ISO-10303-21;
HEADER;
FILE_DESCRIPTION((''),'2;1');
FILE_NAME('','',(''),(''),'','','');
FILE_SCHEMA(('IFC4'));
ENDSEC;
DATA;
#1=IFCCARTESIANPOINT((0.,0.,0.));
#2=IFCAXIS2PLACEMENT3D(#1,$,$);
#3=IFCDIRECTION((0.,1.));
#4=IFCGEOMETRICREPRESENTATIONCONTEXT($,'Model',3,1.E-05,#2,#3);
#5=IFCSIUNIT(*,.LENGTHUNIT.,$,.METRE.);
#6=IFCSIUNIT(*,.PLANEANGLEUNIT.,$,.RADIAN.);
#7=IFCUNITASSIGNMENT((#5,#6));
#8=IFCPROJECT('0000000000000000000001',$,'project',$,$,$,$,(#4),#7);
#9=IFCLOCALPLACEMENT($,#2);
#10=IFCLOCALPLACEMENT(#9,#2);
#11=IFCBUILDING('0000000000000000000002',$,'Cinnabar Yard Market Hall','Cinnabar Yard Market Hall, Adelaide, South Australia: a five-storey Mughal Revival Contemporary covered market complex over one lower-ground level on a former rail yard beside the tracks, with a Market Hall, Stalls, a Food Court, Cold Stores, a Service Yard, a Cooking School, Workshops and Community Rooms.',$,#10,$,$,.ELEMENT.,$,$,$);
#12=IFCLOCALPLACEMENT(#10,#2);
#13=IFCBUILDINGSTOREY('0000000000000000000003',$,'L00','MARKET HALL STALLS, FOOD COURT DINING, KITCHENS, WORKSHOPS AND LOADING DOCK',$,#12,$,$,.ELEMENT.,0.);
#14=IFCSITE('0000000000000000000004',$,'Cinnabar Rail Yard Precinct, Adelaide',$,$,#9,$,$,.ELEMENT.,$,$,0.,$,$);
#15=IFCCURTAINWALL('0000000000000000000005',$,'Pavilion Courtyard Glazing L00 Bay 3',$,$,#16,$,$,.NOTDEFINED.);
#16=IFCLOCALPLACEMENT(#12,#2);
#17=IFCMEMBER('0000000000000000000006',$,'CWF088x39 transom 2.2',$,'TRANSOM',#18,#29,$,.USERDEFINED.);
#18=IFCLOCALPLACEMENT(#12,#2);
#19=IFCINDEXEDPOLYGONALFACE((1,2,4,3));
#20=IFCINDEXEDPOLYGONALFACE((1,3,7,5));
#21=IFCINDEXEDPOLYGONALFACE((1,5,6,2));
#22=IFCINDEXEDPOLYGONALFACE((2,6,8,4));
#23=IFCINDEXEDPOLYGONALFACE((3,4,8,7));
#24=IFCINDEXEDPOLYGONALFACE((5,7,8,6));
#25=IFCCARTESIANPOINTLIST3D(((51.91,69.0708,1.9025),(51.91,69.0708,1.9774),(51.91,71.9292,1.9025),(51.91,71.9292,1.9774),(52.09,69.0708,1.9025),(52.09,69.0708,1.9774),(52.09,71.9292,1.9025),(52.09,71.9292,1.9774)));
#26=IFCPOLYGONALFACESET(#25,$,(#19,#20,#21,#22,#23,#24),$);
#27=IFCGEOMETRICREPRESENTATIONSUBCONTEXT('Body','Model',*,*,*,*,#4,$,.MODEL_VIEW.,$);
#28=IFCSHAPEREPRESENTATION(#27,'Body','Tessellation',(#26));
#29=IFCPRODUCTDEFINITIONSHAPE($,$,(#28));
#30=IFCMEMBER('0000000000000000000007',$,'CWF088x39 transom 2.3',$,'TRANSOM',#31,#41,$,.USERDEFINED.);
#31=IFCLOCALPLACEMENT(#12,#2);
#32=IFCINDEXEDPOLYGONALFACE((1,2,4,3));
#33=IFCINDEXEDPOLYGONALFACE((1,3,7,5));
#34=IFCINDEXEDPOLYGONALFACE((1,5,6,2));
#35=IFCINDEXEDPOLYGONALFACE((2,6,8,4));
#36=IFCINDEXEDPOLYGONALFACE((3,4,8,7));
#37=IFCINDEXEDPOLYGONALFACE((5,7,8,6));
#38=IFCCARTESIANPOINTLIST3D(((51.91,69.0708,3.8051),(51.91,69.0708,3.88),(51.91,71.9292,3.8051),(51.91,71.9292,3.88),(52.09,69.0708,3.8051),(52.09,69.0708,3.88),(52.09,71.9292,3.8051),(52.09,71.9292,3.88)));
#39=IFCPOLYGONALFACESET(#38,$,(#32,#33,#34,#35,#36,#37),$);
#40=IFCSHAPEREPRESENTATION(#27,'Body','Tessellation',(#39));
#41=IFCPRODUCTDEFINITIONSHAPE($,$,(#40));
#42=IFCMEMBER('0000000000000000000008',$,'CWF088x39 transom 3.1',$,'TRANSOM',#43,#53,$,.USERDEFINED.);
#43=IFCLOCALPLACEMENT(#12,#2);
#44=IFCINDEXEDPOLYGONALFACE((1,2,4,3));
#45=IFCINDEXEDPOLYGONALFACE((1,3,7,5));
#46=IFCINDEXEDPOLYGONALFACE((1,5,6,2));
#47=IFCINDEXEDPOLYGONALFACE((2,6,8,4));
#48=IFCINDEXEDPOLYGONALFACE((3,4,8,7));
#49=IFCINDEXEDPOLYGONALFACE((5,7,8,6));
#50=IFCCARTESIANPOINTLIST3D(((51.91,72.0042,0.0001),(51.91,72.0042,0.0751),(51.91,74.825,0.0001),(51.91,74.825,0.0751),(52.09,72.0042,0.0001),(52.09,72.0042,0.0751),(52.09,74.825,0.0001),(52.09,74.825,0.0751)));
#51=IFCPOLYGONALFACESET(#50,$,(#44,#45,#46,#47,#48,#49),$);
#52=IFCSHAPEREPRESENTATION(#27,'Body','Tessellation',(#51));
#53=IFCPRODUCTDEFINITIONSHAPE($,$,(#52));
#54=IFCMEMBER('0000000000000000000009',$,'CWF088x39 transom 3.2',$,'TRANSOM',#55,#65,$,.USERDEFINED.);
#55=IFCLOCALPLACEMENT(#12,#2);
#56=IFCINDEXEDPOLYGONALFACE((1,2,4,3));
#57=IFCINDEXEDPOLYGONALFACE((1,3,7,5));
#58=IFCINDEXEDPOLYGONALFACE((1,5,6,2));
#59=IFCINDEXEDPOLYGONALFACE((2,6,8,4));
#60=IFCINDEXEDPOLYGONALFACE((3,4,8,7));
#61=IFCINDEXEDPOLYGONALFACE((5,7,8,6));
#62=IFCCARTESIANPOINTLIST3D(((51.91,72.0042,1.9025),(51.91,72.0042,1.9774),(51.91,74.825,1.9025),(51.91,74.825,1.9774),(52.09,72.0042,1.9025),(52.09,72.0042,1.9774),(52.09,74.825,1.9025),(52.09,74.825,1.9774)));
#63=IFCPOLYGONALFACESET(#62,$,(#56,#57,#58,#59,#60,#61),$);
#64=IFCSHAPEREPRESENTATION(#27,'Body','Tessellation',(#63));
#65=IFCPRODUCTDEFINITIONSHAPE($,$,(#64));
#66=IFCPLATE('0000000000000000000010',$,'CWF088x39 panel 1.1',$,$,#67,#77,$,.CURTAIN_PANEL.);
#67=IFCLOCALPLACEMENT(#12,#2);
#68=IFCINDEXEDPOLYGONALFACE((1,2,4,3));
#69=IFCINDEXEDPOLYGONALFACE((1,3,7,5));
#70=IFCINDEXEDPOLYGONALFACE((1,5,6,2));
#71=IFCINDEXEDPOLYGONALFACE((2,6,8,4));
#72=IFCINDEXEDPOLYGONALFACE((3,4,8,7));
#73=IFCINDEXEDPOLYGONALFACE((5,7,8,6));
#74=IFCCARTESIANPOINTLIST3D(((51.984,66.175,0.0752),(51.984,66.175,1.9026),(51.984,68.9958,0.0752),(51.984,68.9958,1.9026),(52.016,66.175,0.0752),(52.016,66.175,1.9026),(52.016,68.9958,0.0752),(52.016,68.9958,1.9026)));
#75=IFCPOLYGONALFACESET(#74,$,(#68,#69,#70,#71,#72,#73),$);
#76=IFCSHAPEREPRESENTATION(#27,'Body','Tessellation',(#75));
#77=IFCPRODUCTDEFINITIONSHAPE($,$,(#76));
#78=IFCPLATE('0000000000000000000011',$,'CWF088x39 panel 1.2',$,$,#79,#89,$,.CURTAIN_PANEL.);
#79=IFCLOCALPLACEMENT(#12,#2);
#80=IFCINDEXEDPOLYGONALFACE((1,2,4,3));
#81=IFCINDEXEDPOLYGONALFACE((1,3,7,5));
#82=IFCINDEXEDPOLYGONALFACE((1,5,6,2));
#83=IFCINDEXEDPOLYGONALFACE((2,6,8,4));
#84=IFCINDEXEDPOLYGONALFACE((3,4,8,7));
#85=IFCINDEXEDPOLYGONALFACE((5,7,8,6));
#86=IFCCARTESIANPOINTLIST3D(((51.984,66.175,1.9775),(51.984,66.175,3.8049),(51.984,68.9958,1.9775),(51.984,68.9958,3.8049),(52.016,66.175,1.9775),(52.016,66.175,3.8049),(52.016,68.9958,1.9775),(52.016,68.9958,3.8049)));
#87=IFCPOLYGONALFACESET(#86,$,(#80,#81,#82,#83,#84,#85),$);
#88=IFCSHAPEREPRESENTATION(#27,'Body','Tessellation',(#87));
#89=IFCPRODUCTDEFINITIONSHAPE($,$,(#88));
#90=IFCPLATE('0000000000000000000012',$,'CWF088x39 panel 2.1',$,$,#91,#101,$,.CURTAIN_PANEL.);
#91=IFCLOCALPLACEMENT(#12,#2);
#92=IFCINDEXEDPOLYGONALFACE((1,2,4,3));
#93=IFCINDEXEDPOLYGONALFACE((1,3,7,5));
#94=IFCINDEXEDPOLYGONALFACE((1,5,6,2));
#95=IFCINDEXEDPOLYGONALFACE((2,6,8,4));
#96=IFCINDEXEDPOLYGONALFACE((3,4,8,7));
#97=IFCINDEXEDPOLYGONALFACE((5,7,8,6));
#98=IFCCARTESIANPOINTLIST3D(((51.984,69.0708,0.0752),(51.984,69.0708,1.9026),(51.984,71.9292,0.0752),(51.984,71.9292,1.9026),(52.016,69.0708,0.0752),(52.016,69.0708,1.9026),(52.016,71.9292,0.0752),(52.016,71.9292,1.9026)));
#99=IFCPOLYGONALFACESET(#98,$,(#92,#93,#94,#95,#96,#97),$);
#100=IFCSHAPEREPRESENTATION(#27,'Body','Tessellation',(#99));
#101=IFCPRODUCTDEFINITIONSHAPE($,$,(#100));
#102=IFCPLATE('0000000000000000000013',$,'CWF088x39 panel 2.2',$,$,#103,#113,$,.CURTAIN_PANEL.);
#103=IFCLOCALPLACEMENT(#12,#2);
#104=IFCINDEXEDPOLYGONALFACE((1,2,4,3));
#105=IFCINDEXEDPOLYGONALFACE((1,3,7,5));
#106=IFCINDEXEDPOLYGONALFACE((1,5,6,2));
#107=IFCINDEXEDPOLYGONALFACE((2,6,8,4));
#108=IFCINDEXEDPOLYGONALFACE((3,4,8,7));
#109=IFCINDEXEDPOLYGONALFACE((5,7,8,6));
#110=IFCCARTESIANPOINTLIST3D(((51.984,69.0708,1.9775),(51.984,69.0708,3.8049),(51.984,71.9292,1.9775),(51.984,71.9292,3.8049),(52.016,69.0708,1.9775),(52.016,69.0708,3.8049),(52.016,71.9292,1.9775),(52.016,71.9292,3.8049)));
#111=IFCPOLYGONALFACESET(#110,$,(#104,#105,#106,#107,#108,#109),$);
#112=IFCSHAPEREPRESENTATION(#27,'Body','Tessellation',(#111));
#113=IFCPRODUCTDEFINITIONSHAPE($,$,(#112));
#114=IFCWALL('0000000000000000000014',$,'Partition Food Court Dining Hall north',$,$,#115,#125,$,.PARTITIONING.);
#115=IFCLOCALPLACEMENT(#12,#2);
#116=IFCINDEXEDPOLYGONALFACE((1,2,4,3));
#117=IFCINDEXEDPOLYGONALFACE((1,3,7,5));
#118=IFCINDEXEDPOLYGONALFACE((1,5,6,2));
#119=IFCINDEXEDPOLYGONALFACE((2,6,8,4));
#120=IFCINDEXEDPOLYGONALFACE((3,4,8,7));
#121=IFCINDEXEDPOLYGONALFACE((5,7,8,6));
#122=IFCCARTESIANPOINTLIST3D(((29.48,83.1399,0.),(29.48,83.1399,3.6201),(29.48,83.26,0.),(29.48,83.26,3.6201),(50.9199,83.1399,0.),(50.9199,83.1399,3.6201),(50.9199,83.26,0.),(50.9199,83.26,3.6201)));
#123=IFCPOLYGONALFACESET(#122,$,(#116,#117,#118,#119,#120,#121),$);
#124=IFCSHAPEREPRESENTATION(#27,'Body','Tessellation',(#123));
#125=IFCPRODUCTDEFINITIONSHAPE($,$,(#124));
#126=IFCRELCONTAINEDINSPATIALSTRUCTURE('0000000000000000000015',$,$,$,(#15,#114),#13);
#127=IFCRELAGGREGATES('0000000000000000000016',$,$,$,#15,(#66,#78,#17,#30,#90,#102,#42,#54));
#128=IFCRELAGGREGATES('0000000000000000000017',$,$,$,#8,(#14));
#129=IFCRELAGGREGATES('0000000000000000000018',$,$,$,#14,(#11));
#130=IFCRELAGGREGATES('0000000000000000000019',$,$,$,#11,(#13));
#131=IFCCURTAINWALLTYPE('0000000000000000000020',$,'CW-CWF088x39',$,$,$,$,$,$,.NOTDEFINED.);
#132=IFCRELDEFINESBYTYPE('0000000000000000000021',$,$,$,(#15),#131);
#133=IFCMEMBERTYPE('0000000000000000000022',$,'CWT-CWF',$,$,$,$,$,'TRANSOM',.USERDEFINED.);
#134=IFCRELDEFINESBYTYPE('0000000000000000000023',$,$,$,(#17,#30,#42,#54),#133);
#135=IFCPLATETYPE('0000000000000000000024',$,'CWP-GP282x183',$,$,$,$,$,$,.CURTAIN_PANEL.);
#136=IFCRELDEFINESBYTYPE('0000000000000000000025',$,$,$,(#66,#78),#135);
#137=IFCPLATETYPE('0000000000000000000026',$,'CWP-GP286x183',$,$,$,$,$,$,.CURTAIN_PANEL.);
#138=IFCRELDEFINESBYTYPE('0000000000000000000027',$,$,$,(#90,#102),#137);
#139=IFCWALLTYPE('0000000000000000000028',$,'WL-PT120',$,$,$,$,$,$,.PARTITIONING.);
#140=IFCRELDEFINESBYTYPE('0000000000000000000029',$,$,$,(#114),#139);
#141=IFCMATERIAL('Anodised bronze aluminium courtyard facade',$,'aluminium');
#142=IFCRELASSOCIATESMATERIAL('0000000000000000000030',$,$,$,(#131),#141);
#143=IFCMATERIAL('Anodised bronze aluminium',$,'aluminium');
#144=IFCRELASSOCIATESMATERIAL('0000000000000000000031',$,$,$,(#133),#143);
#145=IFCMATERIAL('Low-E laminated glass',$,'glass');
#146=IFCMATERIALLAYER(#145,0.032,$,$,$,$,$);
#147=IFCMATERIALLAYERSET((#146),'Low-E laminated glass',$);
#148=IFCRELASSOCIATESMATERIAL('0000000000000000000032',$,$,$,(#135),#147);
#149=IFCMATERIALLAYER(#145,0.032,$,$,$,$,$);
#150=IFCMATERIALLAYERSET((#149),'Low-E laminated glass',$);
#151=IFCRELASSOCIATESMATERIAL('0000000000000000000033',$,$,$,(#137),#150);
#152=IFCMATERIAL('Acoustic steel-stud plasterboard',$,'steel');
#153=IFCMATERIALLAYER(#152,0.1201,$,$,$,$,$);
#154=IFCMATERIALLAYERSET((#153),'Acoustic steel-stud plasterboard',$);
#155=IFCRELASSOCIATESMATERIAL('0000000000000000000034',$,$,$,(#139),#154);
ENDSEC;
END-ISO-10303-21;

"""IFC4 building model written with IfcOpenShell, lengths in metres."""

from ifc_helpers import new_model, si_unit, direction, frame, frame_2d, origin, origin_2d_with_axis, place, context, subcontext, project, spatial, rectangle, extrude, material, layer, layer_set, material_profile, profile_set, type_object, element, aggregate, save


model = new_model("IFC4")

# Units and contexts
model_context = context("Model", 3, precision=1e-05, world=origin(), true_north=direction((0.0, 1.0)))
body_context = subcontext(model_context, "Body", "Model", "MODEL_VIEW")
ifc_project = project(units=[si_unit("LENGTHUNIT", "METRE"), si_unit("PLANEANGLEUNIT", "RADIAN")], contexts=[model_context])

# Site, building, storey
site_placement = place(None, origin())
site = spatial("IfcSite", under=ifc_project, at=site_placement, Name="Cinnabar Rail Yard Precinct, Adelaide", CompositionType="ELEMENT", RefElevation=0.0)
building_placement = place(site_placement, origin())
building = spatial("IfcBuilding", under=site, at=building_placement, Name="Cinnabar Yard Market Hall", Description="Cinnabar Yard Market Hall, Adelaide, South Australia: a five-storey Mughal Revival Contemporary covered market complex over one lower-ground level on a former rail yard beside the tracks, with a Market Hall, Stalls, a Food Court, Cold Stores, a Service Yard, a Cooking School, Workshops and Community Rooms.", CompositionType="ELEMENT")
storey_placement = place(building_placement, origin())
storey = spatial("IfcBuildingStorey", under=building, at=storey_placement, Name="L00", Description="MARKET HALL STALLS, FOOD COURT DINING, KITCHENS, WORKSHOPS AND LOADING DOCK", CompositionType="ELEMENT", Elevation=0.0)

# Curtain wall, members, plates
ifc_material_1 = material(Name="Anodised bronze aluminium courtyard facade", Category="aluminium")
curtain_wall_type = type_object("IfcCurtainWallType", Name="CW-CWF088x39", PredefinedType="NOTDEFINED", material=ifc_material_1)
curtain_wall_placement = place(storey_placement, origin())
curtain_wall = element("IfcCurtainWall", 1, at=curtain_wall_placement, inside=storey, type_object=curtain_wall_type, Name="Pavilion Courtyard Glazing L00 Bay 3", PredefinedType="NOTDEFINED")
ifc_material_2 = material(Name="Anodised bronze aluminium", Category="aluminium")
ifc_material_profile_1 = material_profile(ifc_material_2, rectangle(XDim=0.1799, YDim=0.075, at=origin_2d_with_axis()), Name="TRN-CWF")
ifc_profile_set_1 = profile_set([ifc_material_profile_1], Name="Anodised bronze aluminium")
member_type_1 = type_object("IfcMemberType", Name="CWT-CWF", ElementType="TRANSOM", PredefinedType="USERDEFINED", material=ifc_profile_set_1)
member_1_placement = place(storey_placement, frame((52.0, 69.0708, 1.9399), z_axis=(0.0, 1.0, 0.0), x_axis=(-1.0, 0.0, 0.0)))
member_1 = element("IfcMember", 2, at=member_1_placement, type_object=member_type_1, Name="CWF088x39 transom 2.2", ObjectType="TRANSOM", PredefinedType="USERDEFINED", context=body_context, shape_type="SweptSolid", body=[
    extrude(rectangle(XDim=0.1799, YDim=0.075, at=origin_2d_with_axis()), origin(), (0.0, 0.0, 1.0), 2.8584),
])
member_2_placement = place(storey_placement, frame((52.0, 69.0708, 3.8425), z_axis=(0.0, 1.0, 0.0), x_axis=(-1.0, 0.0, 0.0)))
member_2 = element("IfcMember", 3, at=member_2_placement, type_object=member_type_1, Name="CWF088x39 transom 2.3", ObjectType="TRANSOM", PredefinedType="USERDEFINED", context=body_context, shape_type="SweptSolid", body=[
    extrude(rectangle(XDim=0.1799, YDim=0.075, at=origin_2d_with_axis()), origin(), (0.0, 0.0, 1.0), 2.8584),
])
member_3_placement = place(storey_placement, frame((52.0, 72.0042, 0.0376), z_axis=(0.0, 1.0, 0.0), x_axis=(-1.0, 0.0, 0.0)))
member_3 = element("IfcMember", 4, at=member_3_placement, type_object=member_type_1, Name="CWF088x39 transom 3.1", ObjectType="TRANSOM", PredefinedType="USERDEFINED", context=body_context, shape_type="SweptSolid", body=[
    extrude(rectangle(XDim=0.1799, YDim=0.075, at=origin_2d_with_axis()), origin(), (0.0, 0.0, 1.0), 2.8208),
])
member_4_placement = place(storey_placement, frame((52.0, 72.0042, 1.9399), z_axis=(0.0, 1.0, 0.0), x_axis=(-1.0, 0.0, 0.0)))
member_4 = element("IfcMember", 5, at=member_4_placement, type_object=member_type_1, Name="CWF088x39 transom 3.2", ObjectType="TRANSOM", PredefinedType="USERDEFINED", context=body_context, shape_type="SweptSolid", body=[
    extrude(rectangle(XDim=0.1799, YDim=0.075, at=origin_2d_with_axis()), origin(), (0.0, 0.0, 1.0), 2.8208),
])
ifc_material_3 = material(Name="Low-E laminated glass", Category="glass")
ifc_layer_1 = layer(ifc_material_3, 0.032)
ifc_layer_set_1 = layer_set([ifc_layer_1], Name="Low-E laminated glass")
plate_type_1 = type_object("IfcPlateType", Name="CWP-GP282x183", PredefinedType="CURTAIN_PANEL", material=ifc_layer_set_1)
plate_1_placement = place(storey_placement, frame((52.0, 67.5854, 0.0752), z_axis=(0.0, 0.0, 1.0), x_axis=(0.0, 1.0, 0.0)))
plate_1 = element("IfcPlate", 6, at=plate_1_placement, type_object=plate_type_1, Name="CWF088x39 panel 1.1", PredefinedType="CURTAIN_PANEL", context=body_context, shape_type="SweptSolid", body=[
    extrude(rectangle(XDim=2.8208, YDim=0.032, at=origin_2d_with_axis()), origin(), (0.0, 0.0, 1.0), 1.8274),
])
plate_2_placement = place(storey_placement, frame((52.0, 67.5854, 1.9775), z_axis=(0.0, 0.0, 1.0), x_axis=(0.0, 1.0, 0.0)))
plate_2 = element("IfcPlate", 7, at=plate_2_placement, type_object=plate_type_1, Name="CWF088x39 panel 1.2", PredefinedType="CURTAIN_PANEL", context=body_context, shape_type="SweptSolid", body=[
    extrude(rectangle(XDim=2.8208, YDim=0.032, at=origin_2d_with_axis()), origin(), (0.0, 0.0, 1.0), 1.8274),
])
ifc_layer_2 = layer(ifc_material_3, 0.032)
ifc_layer_set_2 = layer_set([ifc_layer_2], Name="Low-E laminated glass")
plate_type_2 = type_object("IfcPlateType", Name="CWP-GP286x183", PredefinedType="CURTAIN_PANEL", material=ifc_layer_set_2)
plate_3_placement = place(storey_placement, frame((52.0, 70.5, 0.0752), z_axis=(0.0, 0.0, 1.0), x_axis=(0.0, 1.0, 0.0)))
plate_3 = element("IfcPlate", 8, at=plate_3_placement, type_object=plate_type_2, Name="CWF088x39 panel 2.1", PredefinedType="CURTAIN_PANEL", context=body_context, shape_type="SweptSolid", body=[
    extrude(rectangle(XDim=2.8584, YDim=0.032, at=origin_2d_with_axis()), origin(), (0.0, 0.0, 1.0), 1.8274),
])
plate_4_placement = place(storey_placement, frame((52.0, 70.5, 1.9775), z_axis=(0.0, 0.0, 1.0), x_axis=(0.0, 1.0, 0.0)))
plate_4 = element("IfcPlate", 9, at=plate_4_placement, type_object=plate_type_2, Name="CWF088x39 panel 2.2", PredefinedType="CURTAIN_PANEL", context=body_context, shape_type="SweptSolid", body=[
    extrude(rectangle(XDim=2.8584, YDim=0.032, at=origin_2d_with_axis()), origin(), (0.0, 0.0, 1.0), 1.8274),
])
aggregate(curtain_wall, [plate_1, plate_2, member_1, member_2, plate_3, plate_4, member_3, member_4])

# Wall
ifc_material_4 = material(Name="Acoustic steel-stud plasterboard", Category="steel")
ifc_layer_3 = layer(ifc_material_4, 0.1201)
ifc_layer_set_3 = layer_set([ifc_layer_3], Name="Acoustic steel-stud plasterboard")
wall_type = type_object("IfcWallType", Name="WL-PT120", PredefinedType="PARTITIONING", material=ifc_layer_set_3)
wall_placement = place(storey_placement, frame((50.9199, 83.2, 0.0), z_axis=(0.0, 0.0, 1.0), x_axis=(-1.0, 0.0, 0.0)))
element("IfcWall", 10, at=wall_placement, inside=storey, type_object=wall_type, Name="Partition Food Court Dining Hall north", PredefinedType="PARTITIONING", context=body_context, shape_type="SweptSolid", body=[
    extrude(rectangle(XDim=21.4399, YDim=0.1201, at=frame_2d((10.72, 0.0), x_axis=(1.0, 0.0))), origin(), (0.0, 0.0, 1.0), 3.6201),
])

save(model, "model.ifc")
